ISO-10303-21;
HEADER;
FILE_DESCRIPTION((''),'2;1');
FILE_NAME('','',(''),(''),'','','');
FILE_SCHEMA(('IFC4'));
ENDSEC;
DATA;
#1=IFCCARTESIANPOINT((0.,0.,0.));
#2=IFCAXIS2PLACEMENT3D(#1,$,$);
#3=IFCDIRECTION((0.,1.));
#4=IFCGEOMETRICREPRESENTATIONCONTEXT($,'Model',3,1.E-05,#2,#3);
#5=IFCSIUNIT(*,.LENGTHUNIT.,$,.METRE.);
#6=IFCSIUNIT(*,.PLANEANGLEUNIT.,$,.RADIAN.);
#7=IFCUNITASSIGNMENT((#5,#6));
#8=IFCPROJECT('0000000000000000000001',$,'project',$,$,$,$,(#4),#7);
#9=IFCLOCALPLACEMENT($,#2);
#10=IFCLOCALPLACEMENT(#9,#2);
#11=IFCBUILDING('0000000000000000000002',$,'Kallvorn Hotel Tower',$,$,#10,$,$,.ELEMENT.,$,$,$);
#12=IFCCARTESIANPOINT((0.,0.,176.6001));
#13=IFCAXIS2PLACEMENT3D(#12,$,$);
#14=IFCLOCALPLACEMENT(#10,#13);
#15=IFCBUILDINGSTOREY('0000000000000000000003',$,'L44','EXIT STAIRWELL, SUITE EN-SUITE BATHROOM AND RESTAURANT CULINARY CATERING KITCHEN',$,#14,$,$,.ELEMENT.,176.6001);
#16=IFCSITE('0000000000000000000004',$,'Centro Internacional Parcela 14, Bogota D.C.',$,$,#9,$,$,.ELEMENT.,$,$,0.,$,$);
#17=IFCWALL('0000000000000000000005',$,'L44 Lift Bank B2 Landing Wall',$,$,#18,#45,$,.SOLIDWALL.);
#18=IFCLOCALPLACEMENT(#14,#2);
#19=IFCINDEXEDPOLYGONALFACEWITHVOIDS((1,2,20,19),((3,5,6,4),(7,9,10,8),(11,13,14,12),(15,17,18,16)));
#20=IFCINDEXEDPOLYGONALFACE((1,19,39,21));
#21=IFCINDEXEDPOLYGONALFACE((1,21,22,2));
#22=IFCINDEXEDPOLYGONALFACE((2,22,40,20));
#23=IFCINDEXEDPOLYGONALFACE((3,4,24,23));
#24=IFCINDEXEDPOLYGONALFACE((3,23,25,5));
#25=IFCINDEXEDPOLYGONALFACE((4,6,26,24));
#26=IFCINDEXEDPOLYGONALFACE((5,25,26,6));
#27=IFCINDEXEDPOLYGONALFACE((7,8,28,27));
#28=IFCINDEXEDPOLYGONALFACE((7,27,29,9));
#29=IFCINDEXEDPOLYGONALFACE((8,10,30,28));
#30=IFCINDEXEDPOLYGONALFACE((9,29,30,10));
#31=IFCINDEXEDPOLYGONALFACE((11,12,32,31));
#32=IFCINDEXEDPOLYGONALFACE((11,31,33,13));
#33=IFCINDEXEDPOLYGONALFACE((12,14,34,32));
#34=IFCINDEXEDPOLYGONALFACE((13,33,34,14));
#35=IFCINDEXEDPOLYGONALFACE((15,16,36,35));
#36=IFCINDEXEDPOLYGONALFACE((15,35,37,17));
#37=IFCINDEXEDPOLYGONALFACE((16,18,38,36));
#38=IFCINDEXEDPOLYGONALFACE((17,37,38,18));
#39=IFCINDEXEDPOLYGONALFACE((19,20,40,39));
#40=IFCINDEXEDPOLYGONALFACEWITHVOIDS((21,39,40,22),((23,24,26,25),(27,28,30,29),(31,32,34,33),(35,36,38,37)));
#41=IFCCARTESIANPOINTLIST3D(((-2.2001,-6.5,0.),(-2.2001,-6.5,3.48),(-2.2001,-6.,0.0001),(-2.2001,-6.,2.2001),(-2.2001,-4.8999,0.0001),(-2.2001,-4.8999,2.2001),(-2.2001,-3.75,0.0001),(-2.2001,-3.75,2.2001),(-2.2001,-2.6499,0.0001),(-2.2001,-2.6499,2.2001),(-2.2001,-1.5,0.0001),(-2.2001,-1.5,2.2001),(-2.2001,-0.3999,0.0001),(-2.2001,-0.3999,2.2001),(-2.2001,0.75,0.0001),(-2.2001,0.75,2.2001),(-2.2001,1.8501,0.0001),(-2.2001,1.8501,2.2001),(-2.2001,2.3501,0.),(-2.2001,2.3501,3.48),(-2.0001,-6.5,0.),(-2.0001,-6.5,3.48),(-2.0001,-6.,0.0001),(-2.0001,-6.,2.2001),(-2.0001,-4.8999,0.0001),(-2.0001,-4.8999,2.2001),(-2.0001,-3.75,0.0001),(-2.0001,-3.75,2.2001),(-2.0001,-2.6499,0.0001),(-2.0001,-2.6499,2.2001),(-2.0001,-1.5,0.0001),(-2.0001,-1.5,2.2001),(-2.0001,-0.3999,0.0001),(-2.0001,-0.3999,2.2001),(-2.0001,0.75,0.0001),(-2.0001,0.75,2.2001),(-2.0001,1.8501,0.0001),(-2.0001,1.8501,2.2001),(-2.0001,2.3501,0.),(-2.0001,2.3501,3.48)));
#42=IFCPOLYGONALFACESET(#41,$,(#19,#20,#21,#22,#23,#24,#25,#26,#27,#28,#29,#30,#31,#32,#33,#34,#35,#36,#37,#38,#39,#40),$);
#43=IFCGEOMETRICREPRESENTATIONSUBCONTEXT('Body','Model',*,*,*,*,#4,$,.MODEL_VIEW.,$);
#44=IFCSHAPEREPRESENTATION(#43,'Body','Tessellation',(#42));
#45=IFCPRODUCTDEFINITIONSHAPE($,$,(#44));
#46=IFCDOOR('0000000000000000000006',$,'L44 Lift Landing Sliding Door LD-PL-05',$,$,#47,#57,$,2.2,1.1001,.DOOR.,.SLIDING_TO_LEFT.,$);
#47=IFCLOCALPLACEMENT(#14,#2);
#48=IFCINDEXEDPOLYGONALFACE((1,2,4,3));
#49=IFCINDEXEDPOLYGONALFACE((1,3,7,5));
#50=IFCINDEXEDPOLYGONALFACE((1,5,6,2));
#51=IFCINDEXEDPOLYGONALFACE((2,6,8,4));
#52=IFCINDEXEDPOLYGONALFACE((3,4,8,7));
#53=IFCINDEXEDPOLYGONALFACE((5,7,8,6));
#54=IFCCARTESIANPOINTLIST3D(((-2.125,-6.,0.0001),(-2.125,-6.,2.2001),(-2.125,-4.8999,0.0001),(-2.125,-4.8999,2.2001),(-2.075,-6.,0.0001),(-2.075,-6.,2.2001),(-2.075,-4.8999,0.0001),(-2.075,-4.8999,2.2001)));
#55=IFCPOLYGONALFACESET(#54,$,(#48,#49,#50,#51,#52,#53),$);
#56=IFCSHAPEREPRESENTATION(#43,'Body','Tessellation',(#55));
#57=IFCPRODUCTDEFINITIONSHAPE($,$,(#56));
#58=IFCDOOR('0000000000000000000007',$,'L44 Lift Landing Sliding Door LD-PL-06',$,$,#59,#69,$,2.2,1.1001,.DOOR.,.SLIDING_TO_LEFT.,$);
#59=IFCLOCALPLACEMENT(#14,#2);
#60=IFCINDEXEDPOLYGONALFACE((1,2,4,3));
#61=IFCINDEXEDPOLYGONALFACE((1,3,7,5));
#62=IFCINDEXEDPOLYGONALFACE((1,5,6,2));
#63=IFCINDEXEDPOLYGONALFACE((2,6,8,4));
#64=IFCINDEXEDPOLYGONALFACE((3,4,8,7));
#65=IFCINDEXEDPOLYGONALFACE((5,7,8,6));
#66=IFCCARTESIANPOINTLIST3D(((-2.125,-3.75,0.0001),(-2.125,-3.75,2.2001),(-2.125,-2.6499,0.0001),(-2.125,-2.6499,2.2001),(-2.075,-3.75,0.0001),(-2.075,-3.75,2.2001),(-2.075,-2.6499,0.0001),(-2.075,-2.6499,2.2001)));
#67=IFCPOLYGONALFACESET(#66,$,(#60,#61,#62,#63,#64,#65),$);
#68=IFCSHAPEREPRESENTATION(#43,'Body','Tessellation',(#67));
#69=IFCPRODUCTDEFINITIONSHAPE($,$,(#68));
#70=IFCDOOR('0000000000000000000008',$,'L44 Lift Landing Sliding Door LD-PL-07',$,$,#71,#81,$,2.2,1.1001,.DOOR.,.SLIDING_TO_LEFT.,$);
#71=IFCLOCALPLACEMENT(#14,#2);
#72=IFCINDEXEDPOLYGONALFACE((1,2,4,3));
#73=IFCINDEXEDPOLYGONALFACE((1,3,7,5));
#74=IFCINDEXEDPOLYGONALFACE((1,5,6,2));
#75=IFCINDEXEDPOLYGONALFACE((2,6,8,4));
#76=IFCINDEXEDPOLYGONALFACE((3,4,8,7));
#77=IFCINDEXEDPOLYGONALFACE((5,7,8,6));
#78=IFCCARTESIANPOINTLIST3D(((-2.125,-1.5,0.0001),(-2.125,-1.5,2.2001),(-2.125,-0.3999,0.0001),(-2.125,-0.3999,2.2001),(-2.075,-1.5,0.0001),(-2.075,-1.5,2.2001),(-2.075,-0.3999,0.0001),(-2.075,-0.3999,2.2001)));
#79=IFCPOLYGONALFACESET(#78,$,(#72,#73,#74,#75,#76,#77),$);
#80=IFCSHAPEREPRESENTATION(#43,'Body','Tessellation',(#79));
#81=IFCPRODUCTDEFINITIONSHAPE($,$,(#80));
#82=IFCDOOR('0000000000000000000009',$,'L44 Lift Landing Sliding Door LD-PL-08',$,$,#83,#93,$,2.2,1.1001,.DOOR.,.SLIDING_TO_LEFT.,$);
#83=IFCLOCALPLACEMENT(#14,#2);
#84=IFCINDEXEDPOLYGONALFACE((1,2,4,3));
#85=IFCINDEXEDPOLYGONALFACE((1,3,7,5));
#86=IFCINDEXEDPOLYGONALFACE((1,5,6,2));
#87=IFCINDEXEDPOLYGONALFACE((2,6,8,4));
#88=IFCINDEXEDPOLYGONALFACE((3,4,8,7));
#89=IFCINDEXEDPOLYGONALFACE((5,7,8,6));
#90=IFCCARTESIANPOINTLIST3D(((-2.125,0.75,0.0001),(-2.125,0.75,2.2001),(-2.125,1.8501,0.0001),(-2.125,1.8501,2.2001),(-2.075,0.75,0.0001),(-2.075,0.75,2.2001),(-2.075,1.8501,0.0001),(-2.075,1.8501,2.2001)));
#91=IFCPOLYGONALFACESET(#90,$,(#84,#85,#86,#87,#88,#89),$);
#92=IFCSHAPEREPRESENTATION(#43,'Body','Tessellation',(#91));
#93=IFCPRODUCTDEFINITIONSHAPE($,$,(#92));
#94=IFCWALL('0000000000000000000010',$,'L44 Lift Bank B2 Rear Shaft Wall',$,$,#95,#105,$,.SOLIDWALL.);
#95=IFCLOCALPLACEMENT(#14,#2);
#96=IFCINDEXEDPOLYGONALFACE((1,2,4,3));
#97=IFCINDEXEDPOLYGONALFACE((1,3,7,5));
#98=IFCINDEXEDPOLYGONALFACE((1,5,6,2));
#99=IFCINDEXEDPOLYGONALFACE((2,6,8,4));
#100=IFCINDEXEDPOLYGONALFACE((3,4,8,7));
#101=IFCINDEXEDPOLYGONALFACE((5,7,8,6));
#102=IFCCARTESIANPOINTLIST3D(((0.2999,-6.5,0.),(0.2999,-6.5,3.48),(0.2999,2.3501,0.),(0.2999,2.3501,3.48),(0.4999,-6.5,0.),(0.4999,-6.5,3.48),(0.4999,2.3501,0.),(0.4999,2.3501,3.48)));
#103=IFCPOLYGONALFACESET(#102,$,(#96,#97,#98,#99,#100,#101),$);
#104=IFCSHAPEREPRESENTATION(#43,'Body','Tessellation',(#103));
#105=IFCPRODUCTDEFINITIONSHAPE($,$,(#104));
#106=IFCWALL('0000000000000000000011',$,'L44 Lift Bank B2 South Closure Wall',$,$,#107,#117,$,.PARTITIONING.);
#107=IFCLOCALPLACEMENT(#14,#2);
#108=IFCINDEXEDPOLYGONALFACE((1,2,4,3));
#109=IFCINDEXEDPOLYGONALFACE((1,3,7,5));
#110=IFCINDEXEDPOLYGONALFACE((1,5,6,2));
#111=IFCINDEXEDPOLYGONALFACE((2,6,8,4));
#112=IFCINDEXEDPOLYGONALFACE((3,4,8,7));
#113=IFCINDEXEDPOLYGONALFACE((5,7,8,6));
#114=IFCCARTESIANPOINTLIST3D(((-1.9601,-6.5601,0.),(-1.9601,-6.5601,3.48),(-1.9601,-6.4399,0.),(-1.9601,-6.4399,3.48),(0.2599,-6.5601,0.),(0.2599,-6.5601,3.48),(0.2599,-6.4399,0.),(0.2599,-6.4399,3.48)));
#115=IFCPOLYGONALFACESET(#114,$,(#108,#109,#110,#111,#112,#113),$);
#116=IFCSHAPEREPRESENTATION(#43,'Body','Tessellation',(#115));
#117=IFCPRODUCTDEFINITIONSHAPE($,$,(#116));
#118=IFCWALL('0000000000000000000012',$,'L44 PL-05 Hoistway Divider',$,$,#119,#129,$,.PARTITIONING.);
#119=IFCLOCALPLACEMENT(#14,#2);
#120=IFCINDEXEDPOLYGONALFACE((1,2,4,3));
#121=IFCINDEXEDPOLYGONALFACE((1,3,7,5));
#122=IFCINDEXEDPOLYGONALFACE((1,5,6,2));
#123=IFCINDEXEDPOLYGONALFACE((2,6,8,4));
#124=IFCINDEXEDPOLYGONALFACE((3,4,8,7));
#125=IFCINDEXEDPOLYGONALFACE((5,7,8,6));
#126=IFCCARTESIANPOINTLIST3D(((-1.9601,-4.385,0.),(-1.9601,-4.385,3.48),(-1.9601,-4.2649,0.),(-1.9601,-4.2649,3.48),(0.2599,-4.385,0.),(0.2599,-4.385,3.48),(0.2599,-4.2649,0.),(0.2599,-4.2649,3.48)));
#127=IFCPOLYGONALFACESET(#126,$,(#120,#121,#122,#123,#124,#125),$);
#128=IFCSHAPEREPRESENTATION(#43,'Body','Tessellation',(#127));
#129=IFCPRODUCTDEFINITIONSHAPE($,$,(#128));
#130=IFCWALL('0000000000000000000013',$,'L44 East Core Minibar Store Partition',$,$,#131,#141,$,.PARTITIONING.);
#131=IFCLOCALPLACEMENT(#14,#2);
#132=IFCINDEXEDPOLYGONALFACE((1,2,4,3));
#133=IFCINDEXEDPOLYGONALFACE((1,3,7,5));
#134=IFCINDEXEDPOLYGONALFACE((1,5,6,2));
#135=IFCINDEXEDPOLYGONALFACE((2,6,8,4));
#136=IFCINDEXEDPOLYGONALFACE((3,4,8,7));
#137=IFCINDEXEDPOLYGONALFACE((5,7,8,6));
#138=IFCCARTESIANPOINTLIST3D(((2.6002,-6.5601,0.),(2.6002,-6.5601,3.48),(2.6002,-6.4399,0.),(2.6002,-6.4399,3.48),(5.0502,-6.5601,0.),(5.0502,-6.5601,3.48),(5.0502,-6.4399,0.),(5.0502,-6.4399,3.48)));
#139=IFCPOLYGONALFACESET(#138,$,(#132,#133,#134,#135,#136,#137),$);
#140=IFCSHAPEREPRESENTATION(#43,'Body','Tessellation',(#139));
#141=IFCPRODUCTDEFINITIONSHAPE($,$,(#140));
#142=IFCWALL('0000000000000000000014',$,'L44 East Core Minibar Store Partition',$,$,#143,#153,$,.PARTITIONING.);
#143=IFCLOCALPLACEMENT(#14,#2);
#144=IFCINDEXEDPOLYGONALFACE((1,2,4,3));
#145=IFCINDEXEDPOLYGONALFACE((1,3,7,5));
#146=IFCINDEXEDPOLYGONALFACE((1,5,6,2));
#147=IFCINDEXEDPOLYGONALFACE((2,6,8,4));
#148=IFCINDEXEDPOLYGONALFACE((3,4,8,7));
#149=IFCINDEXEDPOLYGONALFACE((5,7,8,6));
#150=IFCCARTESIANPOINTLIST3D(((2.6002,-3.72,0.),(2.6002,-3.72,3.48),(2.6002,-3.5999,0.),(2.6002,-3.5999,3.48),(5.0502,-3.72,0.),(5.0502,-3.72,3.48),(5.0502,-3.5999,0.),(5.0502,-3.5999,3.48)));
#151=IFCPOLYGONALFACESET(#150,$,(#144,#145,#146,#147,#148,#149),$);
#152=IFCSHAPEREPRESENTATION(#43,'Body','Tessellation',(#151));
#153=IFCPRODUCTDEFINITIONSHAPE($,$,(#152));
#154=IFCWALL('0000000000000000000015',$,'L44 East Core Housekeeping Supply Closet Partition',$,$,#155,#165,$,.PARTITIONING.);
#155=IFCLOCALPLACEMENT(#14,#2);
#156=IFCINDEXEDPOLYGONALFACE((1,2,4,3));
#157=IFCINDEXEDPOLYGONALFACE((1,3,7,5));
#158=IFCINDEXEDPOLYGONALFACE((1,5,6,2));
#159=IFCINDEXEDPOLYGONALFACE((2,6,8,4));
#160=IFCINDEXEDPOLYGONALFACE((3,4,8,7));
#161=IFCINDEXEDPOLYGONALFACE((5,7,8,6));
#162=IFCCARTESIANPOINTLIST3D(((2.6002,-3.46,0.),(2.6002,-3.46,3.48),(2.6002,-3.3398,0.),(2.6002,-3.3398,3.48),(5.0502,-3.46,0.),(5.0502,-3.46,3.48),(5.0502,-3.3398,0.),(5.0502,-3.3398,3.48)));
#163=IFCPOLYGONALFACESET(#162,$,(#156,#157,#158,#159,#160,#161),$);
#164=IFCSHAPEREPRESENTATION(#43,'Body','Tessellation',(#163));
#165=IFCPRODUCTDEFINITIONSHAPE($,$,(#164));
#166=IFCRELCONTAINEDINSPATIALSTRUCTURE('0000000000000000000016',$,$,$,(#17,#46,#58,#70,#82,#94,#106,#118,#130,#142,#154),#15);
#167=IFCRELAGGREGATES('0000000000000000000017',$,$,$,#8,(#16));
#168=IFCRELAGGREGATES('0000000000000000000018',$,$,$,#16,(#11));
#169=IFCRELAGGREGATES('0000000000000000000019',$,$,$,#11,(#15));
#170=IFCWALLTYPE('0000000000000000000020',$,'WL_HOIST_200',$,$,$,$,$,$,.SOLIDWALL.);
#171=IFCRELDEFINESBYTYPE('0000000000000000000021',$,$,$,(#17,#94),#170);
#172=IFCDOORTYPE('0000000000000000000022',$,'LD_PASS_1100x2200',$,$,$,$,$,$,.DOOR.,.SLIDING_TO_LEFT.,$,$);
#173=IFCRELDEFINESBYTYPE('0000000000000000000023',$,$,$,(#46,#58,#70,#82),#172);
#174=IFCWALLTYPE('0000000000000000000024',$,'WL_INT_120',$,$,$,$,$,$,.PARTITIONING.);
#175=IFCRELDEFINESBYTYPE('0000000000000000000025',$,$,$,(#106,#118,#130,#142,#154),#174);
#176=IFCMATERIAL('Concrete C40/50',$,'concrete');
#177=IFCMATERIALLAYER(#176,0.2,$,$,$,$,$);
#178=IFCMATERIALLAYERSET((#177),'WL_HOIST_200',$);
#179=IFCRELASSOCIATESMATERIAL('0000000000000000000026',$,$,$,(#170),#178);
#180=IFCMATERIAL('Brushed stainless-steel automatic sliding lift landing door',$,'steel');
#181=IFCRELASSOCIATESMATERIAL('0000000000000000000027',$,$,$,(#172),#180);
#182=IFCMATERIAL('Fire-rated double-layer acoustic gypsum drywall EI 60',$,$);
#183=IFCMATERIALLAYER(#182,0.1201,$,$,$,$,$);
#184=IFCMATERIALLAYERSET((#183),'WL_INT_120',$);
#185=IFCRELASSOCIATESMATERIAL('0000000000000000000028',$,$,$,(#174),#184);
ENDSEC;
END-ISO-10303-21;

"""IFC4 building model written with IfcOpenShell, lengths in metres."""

from ifc_helpers import new_model, si_unit, direction, frame, frame_2d, origin, place, context, subcontext, project, spatial, rectangle, extrude, material, layer, layer_set, type_object, element, fill, save


model = new_model("IFC4")

# Units and contexts
model_context = context("Model", 3, precision=1e-05, world=origin(), true_north=direction((0.0, 1.0)))
body_context = subcontext(model_context, "Body", "Model", "MODEL_VIEW")
ifc_project = project(units=[si_unit("LENGTHUNIT", "METRE"), si_unit("PLANEANGLEUNIT", "RADIAN")], contexts=[model_context])

# Site, building, storey
site_placement = place(None, origin())
site = spatial("IfcSite", under=ifc_project, at=site_placement, Name="Centro Internacional Parcela 14, Bogota D.C.", CompositionType="ELEMENT", RefElevation=0.0)
building_placement = place(site_placement, origin())
building = spatial("IfcBuilding", under=site, at=building_placement, Name="Kallvorn Hotel Tower", CompositionType="ELEMENT")
storey_placement = place(building_placement, frame((0.0, 0.0, 176.6001)))
storey = spatial("IfcBuildingStorey", under=building, at=storey_placement, Name="L44", Description="EXIT STAIRWELL, SUITE EN-SUITE BATHROOM AND RESTAURANT CULINARY CATERING KITCHEN", CompositionType="ELEMENT", Elevation=176.6001)

# Wall, openings, doors
ifc_material_1 = material(Name="Concrete C40/50", Category="concrete")
ifc_layer_1 = layer(ifc_material_1, 0.2)
ifc_layer_set_1 = layer_set([ifc_layer_1], Name="WL_HOIST_200")
wall_type_1 = type_object("IfcWallType", Name="WL_HOIST_200", PredefinedType="SOLIDWALL", material=ifc_layer_set_1)
wall_1_placement = place(storey_placement, frame((-2.1001, -6.5, 0.0), z_axis=(0.0, 0.0, 1.0), x_axis=(0.0, 1.0, 0.0)))
wall_1 = element("IfcWall", 1, at=wall_1_placement, inside=storey, type_object=wall_type_1, Name="L44 Lift Bank B2 Landing Wall", PredefinedType="SOLIDWALL", context=body_context, shape_type="SweptSolid", body=[
    extrude(rectangle(XDim=8.8501, YDim=0.2, at=frame_2d((4.425, 0.0))), origin(), (0.0, 0.0, 1.0), 3.48),
])
opening_1_placement = place(wall_1_placement, frame((0.5, 0.0, 0.0)))
opening_1 = element("IfcOpeningElement", 2, at=opening_1_placement, cuts=wall_1, PredefinedType="OPENING", context=body_context, shape_type="SweptSolid", body=[
    extrude(rectangle(XDim=1.1001, YDim=2.2, at=frame_2d((0.55, 1.1001))), frame((0.0, 0.115, 0.0), z_axis=(0.0, -1.0, 0.0), x_axis=(1.0, 0.0, 0.0)), (0.0, 0.0, 1.0), 0.23),
])
opening_2_placement = place(wall_1_placement, frame((2.75, 0.0, 0.0)))
opening_2 = element("IfcOpeningElement", 3, at=opening_2_placement, cuts=wall_1, PredefinedType="OPENING", context=body_context, shape_type="SweptSolid", body=[
    extrude(rectangle(XDim=1.1001, YDim=2.2, at=frame_2d((0.55, 1.1001))), frame((0.0, 0.115, 0.0), z_axis=(0.0, -1.0, 0.0), x_axis=(1.0, 0.0, 0.0)), (0.0, 0.0, 1.0), 0.23),
])
opening_3_placement = place(wall_1_placement, frame((5.0, 0.0, 0.0)))
opening_3 = element("IfcOpeningElement", 4, at=opening_3_placement, cuts=wall_1, PredefinedType="OPENING", context=body_context, shape_type="SweptSolid", body=[
    extrude(rectangle(XDim=1.1001, YDim=2.2, at=frame_2d((0.55, 1.1001))), frame((0.0, 0.115, 0.0), z_axis=(0.0, -1.0, 0.0), x_axis=(1.0, 0.0, 0.0)), (0.0, 0.0, 1.0), 0.23),
])
opening_4_placement = place(wall_1_placement, frame((7.25, 0.0, 0.0)))
opening_4 = element("IfcOpeningElement", 5, at=opening_4_placement, cuts=wall_1, PredefinedType="OPENING", context=body_context, shape_type="SweptSolid", body=[
    extrude(rectangle(XDim=1.1001, YDim=2.2, at=frame_2d((0.55, 1.1001))), frame((0.0, 0.115, 0.0), z_axis=(0.0, -1.0, 0.0), x_axis=(1.0, 0.0, 0.0)), (0.0, 0.0, 1.0), 0.23),
])
ifc_material_2 = material(Name="Brushed stainless-steel automatic sliding lift landing door", Category="steel")
door_type_1 = type_object("IfcDoorType", Name="LD_PASS_1100x2200", OperationType="SLIDING_TO_LEFT", PredefinedType="DOOR", material=ifc_material_2)
door_1_placement = place(opening_1_placement, origin())
door_1 = element("IfcDoor", 6, at=door_1_placement, inside=storey, type_object=door_type_1, Name="L44 Lift Landing Sliding Door LD-PL-05", OperationType="SLIDING_TO_LEFT", OverallHeight=2.2, OverallWidth=1.1001, PredefinedType="DOOR", context=body_context, shape_type="SweptSolid", body=[
    extrude(rectangle(XDim=1.1001, YDim=2.2, at=frame_2d((0.55, 1.1001))), frame((0.0, 0.0249, 0.0), z_axis=(0.0, -1.0, 0.0), x_axis=(1.0, 0.0, 0.0)), (0.0, 0.0, 1.0), 0.05),
])
fill(opening_1, door_1)
door_2_placement = place(opening_2_placement, origin())
door_2 = element("IfcDoor", 7, at=door_2_placement, inside=storey, type_object=door_type_1, Name="L44 Lift Landing Sliding Door LD-PL-06", OperationType="SLIDING_TO_LEFT", OverallHeight=2.2, OverallWidth=1.1001, PredefinedType="DOOR", context=body_context, shape_type="SweptSolid", body=[
    extrude(rectangle(XDim=1.1001, YDim=2.2, at=frame_2d((0.55, 1.1001))), frame((0.0, 0.0249, 0.0), z_axis=(0.0, -1.0, 0.0), x_axis=(1.0, 0.0, 0.0)), (0.0, 0.0, 1.0), 0.05),
])
fill(opening_2, door_2)
door_3_placement = place(opening_3_placement, origin())
door_3 = element("IfcDoor", 8, at=door_3_placement, inside=storey, type_object=door_type_1, Name="L44 Lift Landing Sliding Door LD-PL-07", OperationType="SLIDING_TO_LEFT", OverallHeight=2.2, OverallWidth=1.1001, PredefinedType="DOOR", context=body_context, shape_type="SweptSolid", body=[
    extrude(rectangle(XDim=1.1001, YDim=2.2, at=frame_2d((0.55, 1.1001))), frame((0.0, 0.0249, 0.0), z_axis=(0.0, -1.0, 0.0), x_axis=(1.0, 0.0, 0.0)), (0.0, 0.0, 1.0), 0.05),
])
fill(opening_3, door_3)
door_4_placement = place(opening_4_placement, origin())
door_4 = element("IfcDoor", 9, at=door_4_placement, inside=storey, type_object=door_type_1, Name="L44 Lift Landing Sliding Door LD-PL-08", OperationType="SLIDING_TO_LEFT", OverallHeight=2.2, OverallWidth=1.1001, PredefinedType="DOOR", context=body_context, shape_type="SweptSolid", body=[
    extrude(rectangle(XDim=1.1001, YDim=2.2, at=frame_2d((0.55, 1.1001))), frame((0.0, 0.0249, 0.0), z_axis=(0.0, -1.0, 0.0), x_axis=(1.0, 0.0, 0.0)), (0.0, 0.0, 1.0), 0.05),
])
fill(opening_4, door_4)

# Walls
wall_2_placement = place(storey_placement, frame((0.3999, -6.5, 0.0), z_axis=(0.0, 0.0, 1.0), x_axis=(0.0, 1.0, 0.0)))
element("IfcWall", 10, at=wall_2_placement, inside=storey, type_object=wall_type_1, Name="L44 Lift Bank B2 Rear Shaft Wall", PredefinedType="SOLIDWALL", context=body_context, shape_type="SweptSolid", body=[
    extrude(rectangle(XDim=8.8501, YDim=0.2, at=frame_2d((4.425, 0.0))), origin(), (0.0, 0.0, 1.0), 3.48),
])
ifc_material_3 = material(Name="Fire-rated double-layer acoustic gypsum drywall EI 60")
ifc_layer_2 = layer(ifc_material_3, 0.1201)
ifc_layer_set_2 = layer_set([ifc_layer_2], Name="WL_INT_120")
wall_type_2 = type_object("IfcWallType", Name="WL_INT_120", PredefinedType="PARTITIONING", material=ifc_layer_set_2)
for number, where, z_axis, x_axis, name in (
    (11, (-1.96, -6.5, 0.0), (0.0, 0.0, 1.0), (1.0, 0.0, 0.0), "L44 Lift Bank B2 South Closure Wall"),
    (12, (-1.96, -4.325, 0.0), (0.0, 0.0, 1.0), (1.0, 0.0, 0.0), "L44 PL-05 Hoistway Divider"),
):
    element("IfcWall", number, at=place(storey_placement, frame(where, z_axis=z_axis, x_axis=x_axis)), inside=storey, type_object=wall_type_2, Name=name, PredefinedType="PARTITIONING", context=body_context, shape_type="SweptSolid", body=[
        extrude(rectangle(XDim=2.22, YDim=0.1201, at=frame_2d((1.1099, 0.0))), origin(), (0.0, 0.0, 1.0), 3.48),
    ])
for number, where, z_axis, x_axis, name in (
    (13, (2.6001, -6.5, 0.0), (0.0, 0.0, 1.0), (1.0, 0.0, 0.0), "L44 East Core Minibar Store Partition"),
    (14, (2.6001, -3.6599, 0.0), (0.0, 0.0, 1.0), (1.0, 0.0, 0.0), "L44 East Core Minibar Store Partition"),
    (15, (2.6001, -3.3999, 0.0), (0.0, 0.0, 1.0), (1.0, 0.0, 0.0), "L44 East Core Housekeeping Supply Closet Partition"),
):
    element("IfcWall", number, at=place(storey_placement, frame(where, z_axis=z_axis, x_axis=x_axis)), inside=storey, type_object=wall_type_2, Name=name, PredefinedType="PARTITIONING", context=body_context, shape_type="SweptSolid", body=[
        extrude(rectangle(XDim=2.45, YDim=0.1201, at=frame_2d((1.2251, 0.0))), origin(), (0.0, 0.0, 1.0), 3.48),
    ])

save(model, "model.ifc")
